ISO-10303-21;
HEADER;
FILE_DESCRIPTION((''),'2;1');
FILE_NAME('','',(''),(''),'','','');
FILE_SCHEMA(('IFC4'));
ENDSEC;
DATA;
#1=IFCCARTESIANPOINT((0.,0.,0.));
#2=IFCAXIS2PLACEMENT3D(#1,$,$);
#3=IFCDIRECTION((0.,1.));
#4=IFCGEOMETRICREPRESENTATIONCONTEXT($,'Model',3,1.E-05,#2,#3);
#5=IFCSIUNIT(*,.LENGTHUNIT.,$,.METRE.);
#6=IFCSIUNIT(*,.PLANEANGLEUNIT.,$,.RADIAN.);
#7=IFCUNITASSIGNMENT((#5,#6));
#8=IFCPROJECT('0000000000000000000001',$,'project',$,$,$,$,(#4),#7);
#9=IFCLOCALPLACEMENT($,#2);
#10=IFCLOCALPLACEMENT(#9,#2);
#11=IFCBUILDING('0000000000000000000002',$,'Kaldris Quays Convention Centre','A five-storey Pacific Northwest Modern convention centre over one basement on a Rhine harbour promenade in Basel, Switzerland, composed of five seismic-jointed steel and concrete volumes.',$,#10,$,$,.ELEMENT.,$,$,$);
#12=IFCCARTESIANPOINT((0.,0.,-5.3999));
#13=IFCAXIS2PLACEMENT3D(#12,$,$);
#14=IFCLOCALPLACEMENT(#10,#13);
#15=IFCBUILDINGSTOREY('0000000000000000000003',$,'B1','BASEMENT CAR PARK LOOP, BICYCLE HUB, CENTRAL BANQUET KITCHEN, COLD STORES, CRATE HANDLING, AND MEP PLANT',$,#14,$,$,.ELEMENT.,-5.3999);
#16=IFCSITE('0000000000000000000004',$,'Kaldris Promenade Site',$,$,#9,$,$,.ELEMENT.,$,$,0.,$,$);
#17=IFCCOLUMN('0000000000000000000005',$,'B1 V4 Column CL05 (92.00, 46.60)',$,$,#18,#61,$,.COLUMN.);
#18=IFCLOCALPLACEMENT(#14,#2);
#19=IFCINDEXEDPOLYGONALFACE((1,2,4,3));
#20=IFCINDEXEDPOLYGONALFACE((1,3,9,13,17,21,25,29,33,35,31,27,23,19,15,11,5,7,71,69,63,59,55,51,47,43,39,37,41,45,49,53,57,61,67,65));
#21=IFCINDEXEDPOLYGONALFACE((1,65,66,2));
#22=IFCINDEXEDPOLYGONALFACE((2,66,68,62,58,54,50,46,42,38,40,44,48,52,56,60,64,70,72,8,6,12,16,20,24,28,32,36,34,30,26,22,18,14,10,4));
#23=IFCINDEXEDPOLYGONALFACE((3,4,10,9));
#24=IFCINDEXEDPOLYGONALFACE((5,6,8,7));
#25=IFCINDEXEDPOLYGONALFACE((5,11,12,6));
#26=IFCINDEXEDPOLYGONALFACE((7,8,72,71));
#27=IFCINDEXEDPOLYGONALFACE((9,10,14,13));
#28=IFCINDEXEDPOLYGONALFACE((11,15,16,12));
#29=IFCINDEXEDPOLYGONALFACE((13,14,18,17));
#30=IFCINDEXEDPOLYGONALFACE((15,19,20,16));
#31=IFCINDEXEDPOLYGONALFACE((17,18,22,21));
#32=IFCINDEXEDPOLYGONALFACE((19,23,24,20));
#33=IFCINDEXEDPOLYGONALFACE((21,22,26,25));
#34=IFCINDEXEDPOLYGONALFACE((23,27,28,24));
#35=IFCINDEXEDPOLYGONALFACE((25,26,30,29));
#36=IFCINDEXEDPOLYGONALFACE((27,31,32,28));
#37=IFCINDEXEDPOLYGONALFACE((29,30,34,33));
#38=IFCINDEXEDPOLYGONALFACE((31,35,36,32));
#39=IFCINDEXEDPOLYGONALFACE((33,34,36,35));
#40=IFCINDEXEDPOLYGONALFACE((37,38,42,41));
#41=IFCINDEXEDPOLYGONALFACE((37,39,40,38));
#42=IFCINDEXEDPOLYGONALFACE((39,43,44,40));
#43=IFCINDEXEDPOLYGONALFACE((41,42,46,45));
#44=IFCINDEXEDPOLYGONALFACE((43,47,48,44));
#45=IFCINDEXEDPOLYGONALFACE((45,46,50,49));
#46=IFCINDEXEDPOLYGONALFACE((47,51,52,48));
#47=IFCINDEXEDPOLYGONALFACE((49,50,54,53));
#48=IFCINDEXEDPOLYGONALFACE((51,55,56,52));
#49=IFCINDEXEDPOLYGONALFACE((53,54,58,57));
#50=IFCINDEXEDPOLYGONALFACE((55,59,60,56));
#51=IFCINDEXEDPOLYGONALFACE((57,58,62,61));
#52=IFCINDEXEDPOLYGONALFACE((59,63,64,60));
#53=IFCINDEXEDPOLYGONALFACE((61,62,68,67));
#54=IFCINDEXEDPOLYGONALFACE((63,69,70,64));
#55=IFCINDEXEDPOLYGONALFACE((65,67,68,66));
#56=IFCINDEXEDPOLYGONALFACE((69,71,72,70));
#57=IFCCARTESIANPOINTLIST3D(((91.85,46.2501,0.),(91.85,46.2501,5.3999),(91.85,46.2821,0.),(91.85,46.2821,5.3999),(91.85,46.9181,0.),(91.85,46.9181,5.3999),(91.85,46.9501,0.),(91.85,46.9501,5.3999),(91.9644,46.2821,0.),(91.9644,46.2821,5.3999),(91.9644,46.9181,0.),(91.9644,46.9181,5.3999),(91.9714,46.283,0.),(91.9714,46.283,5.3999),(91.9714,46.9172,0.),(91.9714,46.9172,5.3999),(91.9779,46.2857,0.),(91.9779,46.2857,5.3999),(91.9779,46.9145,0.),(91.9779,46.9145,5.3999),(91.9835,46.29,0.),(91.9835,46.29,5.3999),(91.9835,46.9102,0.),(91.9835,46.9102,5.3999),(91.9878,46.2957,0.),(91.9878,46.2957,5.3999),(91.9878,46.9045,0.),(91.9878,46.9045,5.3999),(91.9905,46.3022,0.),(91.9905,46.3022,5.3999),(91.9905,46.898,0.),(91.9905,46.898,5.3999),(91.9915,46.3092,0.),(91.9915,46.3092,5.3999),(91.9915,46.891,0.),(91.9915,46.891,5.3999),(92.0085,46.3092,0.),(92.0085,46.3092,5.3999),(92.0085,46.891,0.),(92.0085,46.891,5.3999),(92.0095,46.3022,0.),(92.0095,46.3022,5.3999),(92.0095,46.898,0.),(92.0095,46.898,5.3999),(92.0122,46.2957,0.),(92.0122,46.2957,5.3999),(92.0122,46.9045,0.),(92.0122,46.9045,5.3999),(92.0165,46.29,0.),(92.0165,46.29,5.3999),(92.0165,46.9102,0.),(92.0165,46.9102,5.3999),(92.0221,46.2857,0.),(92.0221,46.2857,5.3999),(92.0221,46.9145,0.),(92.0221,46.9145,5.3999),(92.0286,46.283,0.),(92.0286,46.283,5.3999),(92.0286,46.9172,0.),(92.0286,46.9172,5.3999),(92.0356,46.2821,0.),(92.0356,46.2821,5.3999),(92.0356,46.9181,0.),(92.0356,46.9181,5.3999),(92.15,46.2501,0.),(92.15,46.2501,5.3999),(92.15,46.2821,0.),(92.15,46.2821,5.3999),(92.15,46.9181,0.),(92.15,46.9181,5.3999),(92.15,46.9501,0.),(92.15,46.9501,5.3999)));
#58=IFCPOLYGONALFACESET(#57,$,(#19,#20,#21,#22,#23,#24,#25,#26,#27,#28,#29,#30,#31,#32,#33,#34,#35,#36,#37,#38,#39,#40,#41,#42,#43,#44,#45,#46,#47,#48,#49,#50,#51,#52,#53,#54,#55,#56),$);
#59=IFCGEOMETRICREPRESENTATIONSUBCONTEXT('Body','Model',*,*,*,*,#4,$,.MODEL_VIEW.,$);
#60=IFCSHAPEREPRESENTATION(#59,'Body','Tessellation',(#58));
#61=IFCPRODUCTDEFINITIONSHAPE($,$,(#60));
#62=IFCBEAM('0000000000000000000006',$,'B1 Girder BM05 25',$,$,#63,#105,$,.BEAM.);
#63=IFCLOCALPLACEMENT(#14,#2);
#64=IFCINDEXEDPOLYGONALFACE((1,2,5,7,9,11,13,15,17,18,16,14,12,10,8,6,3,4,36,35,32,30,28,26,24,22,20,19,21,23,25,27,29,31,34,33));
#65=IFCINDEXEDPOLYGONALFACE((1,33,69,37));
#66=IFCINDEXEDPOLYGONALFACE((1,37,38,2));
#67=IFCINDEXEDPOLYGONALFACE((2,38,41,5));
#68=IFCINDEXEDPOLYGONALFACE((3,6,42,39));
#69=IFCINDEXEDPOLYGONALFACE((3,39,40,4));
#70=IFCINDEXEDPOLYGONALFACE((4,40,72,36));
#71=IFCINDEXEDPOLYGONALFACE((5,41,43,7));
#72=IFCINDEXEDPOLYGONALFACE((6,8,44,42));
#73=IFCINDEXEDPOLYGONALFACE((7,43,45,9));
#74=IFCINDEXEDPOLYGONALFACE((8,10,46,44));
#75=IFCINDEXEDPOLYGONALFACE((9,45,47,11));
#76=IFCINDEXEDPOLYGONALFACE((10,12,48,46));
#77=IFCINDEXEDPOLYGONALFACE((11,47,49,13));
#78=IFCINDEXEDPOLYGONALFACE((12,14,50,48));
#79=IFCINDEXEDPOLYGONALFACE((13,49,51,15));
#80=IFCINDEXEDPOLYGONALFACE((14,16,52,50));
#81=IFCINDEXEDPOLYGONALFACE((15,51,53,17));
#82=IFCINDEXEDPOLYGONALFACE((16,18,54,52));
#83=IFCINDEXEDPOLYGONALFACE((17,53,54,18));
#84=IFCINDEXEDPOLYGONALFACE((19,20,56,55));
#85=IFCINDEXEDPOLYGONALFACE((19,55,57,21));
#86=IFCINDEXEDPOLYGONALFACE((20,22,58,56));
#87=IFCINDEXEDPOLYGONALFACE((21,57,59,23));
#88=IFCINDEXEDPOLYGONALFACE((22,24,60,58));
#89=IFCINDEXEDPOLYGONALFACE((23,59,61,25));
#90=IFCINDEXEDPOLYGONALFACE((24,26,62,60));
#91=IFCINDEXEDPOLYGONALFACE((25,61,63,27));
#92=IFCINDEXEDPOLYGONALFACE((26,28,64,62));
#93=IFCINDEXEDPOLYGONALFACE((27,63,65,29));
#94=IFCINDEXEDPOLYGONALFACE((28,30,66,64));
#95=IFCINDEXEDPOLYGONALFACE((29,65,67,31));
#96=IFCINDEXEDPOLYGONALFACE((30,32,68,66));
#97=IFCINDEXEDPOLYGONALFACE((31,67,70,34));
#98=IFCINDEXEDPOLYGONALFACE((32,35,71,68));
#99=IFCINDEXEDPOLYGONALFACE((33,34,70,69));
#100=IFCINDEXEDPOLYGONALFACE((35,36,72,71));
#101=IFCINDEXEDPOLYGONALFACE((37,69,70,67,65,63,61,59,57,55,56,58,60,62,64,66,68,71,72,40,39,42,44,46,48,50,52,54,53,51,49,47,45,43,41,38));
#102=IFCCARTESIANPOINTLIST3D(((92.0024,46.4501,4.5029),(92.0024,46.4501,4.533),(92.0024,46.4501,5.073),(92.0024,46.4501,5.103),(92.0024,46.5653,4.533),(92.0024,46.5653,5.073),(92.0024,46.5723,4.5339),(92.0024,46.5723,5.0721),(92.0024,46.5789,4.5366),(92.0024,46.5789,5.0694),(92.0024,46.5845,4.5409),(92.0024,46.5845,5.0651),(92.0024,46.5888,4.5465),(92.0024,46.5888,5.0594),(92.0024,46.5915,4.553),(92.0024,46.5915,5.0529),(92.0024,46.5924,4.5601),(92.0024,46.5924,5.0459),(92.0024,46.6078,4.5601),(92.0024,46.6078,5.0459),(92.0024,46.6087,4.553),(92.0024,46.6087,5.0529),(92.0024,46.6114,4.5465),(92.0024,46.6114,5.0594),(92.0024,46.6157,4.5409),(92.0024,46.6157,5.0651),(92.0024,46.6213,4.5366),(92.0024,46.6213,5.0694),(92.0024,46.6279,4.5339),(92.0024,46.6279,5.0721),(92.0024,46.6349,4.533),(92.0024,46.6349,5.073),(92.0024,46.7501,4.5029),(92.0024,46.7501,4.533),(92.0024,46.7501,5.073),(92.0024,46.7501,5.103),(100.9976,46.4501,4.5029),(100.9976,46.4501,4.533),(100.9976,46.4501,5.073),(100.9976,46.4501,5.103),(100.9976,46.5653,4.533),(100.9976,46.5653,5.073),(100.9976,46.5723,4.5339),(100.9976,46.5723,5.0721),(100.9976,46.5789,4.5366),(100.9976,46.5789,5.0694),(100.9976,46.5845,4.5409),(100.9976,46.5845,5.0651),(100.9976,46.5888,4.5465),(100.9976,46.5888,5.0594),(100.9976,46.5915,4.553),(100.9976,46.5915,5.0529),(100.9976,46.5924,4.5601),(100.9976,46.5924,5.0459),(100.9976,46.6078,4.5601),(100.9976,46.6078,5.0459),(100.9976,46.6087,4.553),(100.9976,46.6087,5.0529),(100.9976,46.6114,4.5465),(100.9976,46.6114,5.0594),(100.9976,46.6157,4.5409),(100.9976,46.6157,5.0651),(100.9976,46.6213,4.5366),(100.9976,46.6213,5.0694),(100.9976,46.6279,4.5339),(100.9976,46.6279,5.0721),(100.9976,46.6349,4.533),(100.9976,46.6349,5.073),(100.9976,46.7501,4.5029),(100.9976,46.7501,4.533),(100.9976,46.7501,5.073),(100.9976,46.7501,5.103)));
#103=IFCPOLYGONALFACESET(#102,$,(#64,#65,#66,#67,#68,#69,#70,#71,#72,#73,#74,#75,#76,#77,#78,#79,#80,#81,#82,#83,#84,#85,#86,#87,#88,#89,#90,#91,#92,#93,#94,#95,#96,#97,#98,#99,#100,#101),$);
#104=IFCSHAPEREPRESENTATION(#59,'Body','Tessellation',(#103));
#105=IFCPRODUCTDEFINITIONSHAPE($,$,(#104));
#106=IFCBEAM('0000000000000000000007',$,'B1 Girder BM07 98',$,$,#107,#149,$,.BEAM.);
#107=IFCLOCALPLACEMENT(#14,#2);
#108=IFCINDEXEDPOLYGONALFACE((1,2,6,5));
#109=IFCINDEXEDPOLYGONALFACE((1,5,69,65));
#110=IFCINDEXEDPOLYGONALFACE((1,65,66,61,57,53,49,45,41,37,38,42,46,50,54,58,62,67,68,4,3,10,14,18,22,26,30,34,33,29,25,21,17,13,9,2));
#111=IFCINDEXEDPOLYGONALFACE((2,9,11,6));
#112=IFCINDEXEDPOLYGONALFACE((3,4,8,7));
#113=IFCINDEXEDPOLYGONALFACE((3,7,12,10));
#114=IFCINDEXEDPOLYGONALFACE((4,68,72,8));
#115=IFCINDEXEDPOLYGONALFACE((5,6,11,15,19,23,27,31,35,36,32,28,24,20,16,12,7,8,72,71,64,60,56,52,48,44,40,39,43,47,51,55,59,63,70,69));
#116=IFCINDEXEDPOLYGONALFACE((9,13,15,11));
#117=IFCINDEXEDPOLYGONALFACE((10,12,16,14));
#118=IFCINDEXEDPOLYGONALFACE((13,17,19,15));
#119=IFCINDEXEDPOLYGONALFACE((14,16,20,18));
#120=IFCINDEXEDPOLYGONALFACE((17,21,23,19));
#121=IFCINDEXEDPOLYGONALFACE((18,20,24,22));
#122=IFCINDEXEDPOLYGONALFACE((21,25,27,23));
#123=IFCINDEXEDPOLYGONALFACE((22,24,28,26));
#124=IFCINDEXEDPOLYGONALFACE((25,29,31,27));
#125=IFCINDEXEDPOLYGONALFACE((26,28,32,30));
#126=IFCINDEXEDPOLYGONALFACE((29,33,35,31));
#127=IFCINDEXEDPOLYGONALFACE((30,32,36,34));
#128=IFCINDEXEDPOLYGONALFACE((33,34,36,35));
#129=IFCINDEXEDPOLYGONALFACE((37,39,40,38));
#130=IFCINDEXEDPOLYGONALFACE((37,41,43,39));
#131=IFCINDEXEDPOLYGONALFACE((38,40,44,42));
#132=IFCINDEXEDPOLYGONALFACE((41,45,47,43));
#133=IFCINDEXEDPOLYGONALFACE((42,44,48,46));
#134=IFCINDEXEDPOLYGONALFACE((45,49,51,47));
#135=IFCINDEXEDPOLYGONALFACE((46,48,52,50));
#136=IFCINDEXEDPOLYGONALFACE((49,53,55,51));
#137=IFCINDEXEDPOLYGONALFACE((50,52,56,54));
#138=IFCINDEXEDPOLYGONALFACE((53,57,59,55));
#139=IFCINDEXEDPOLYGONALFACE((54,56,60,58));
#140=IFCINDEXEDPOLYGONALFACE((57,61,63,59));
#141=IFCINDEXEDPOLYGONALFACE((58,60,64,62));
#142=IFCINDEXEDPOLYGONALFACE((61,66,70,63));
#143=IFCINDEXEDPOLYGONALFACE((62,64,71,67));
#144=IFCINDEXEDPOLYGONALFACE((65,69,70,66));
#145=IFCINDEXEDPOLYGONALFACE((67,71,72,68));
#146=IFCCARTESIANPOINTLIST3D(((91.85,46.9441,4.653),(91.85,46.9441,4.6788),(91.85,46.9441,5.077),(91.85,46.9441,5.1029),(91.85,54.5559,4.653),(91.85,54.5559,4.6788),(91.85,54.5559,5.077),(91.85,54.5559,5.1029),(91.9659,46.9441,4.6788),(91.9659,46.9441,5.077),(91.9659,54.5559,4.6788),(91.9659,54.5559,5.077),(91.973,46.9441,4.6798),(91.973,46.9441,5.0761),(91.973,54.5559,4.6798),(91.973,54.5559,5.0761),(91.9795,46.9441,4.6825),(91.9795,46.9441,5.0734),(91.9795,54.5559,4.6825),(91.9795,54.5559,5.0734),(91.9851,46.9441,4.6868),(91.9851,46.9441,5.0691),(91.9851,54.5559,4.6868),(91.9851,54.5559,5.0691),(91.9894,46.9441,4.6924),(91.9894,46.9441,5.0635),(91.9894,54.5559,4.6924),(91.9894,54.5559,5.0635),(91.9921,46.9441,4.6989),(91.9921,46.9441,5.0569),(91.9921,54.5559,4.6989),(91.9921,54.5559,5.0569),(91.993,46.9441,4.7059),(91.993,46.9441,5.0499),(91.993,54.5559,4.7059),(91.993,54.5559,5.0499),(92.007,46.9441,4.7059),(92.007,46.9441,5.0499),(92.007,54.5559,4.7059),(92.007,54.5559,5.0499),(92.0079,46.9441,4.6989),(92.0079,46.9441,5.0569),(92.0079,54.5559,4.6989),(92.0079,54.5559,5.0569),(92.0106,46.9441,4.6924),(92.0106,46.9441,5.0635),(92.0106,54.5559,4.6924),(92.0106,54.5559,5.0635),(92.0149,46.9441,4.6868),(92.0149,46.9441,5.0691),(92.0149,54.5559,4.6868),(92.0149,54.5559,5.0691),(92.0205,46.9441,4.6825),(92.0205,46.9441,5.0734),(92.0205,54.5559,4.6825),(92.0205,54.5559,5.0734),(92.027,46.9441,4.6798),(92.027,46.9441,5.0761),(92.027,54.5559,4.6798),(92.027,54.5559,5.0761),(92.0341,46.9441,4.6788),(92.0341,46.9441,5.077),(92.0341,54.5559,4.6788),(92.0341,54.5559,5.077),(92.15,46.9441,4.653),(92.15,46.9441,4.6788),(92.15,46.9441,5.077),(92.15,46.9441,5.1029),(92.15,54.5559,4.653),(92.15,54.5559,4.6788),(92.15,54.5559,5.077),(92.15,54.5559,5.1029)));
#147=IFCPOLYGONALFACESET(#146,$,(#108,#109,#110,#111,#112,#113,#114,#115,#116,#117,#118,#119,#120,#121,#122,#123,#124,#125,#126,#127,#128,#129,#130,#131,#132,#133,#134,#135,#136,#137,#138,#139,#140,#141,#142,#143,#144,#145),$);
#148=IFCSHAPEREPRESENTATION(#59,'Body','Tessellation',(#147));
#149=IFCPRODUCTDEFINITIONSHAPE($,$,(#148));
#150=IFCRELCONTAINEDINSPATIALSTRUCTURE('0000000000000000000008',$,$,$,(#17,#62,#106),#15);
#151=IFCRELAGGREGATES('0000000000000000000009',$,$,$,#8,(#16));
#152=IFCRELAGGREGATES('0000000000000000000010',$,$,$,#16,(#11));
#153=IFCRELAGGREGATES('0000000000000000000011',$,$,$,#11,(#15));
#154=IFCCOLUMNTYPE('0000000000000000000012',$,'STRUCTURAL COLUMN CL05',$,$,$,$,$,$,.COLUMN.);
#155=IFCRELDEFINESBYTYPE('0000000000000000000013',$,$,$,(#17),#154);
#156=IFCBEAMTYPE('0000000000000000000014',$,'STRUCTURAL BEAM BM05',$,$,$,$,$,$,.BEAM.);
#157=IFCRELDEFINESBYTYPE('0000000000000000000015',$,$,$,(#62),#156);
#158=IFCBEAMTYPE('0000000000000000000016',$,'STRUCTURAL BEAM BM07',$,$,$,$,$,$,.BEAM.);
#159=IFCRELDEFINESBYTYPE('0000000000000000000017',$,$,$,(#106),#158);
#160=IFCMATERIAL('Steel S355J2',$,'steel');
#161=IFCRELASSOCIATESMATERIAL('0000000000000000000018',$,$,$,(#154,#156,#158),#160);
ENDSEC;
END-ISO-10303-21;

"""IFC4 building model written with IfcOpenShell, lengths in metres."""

from ifc_helpers import new_model, si_unit, direction, frame, origin, origin_2d, place, context, subcontext, project, spatial, i_section, extrude, material, material_profile, profile_set, type_object, element, save


model = new_model("IFC4")

# Units and contexts
model_context = context("Model", 3, precision=1e-05, world=origin(), true_north=direction((0.0, 1.0)))
body_context = subcontext(model_context, "Body", "Model", "MODEL_VIEW")
ifc_project = project(units=[si_unit("LENGTHUNIT", "METRE"), si_unit("PLANEANGLEUNIT", "RADIAN")], contexts=[model_context])

# Site, building, storey
site_placement = place(None, origin())
site = spatial("IfcSite", under=ifc_project, at=site_placement, Name="Kaldris Promenade Site", CompositionType="ELEMENT", RefElevation=0.0)
building_placement = place(site_placement, origin())
building = spatial("IfcBuilding", under=site, at=building_placement, Name="Kaldris Quays Convention Centre", Description="A five-storey Pacific Northwest Modern convention centre over one basement on a Rhine harbour promenade in Basel, Switzerland, composed of five seismic-jointed steel and concrete volumes.", CompositionType="ELEMENT")
storey_placement = place(building_placement, frame((0.0, 0.0, -5.3999)))
storey = spatial("IfcBuildingStorey", under=building, at=storey_placement, Name="B1", Description="BASEMENT CAR PARK LOOP, BICYCLE HUB, CENTRAL BANQUET KITCHEN, COLD STORES, CRATE HANDLING, AND MEP PLANT", CompositionType="ELEMENT", Elevation=-5.3999)

# Column
ifc_material_1 = material(Name="Steel S355J2", Category="steel")
ifc_material_profile_1 = material_profile(ifc_material_1, i_section(OverallWidth=0.3, OverallDepth=0.7, WebThickness=0.0171, FlangeThickness=0.032, FilletRadius=0.0271, at=origin_2d()), Name="HEB 700")
ifc_profile_set_1 = profile_set([ifc_material_profile_1], Name="Steel S355J2")
column_type = type_object("IfcColumnType", Name="STRUCTURAL COLUMN CL05", PredefinedType="COLUMN", material=ifc_profile_set_1)
column_placement = place(storey_placement, frame((92.0, 46.6001, 0.0), z_axis=(0.0, 0.0, 1.0), x_axis=(1.0, 0.0, 0.0)))
element("IfcColumn", 1, at=column_placement, inside=storey, type_object=column_type, Name="B1 V4 Column CL05 (92.00, 46.60)", PredefinedType="COLUMN", context=body_context, shape_type="SweptSolid", body=[
    extrude(i_section(OverallWidth=0.3, OverallDepth=0.7, WebThickness=0.0171, FlangeThickness=0.032, FilletRadius=0.0271, at=origin_2d()), origin(), (0.0, 0.0, 1.0), 5.3999),
])

# Beams
ifc_material_profile_2 = material_profile(ifc_material_1, i_section(OverallWidth=0.3, OverallDepth=0.6001, WebThickness=0.0154, FlangeThickness=0.03, FilletRadius=0.0271, at=origin_2d()), Name="HEB 600")
ifc_profile_set_2 = profile_set([ifc_material_profile_2], Name="Steel S355J2")
beam_type_1 = type_object("IfcBeamType", Name="STRUCTURAL BEAM BM05", PredefinedType="BEAM", material=ifc_profile_set_2)
beam_1_placement = place(storey_placement, frame((92.0024, 46.6001, 4.803), z_axis=(1.0, 0.0, 0.0), x_axis=(0.0, 1.0, 0.0)))
element("IfcBeam", 2, at=beam_1_placement, inside=storey, type_object=beam_type_1, Name="B1 Girder BM05 25", PredefinedType="BEAM", context=body_context, shape_type="SweptSolid", body=[
    extrude(i_section(OverallWidth=0.3, OverallDepth=0.6001, WebThickness=0.0154, FlangeThickness=0.03, FilletRadius=0.0271, at=origin_2d()), origin(), (0.0, 0.0, 1.0), 8.9951),
])
ifc_material_profile_3 = material_profile(ifc_material_1, i_section(OverallWidth=0.3, OverallDepth=0.45, WebThickness=0.0139, FlangeThickness=0.0259, FilletRadius=0.0271, at=origin_2d()), Name="HEB 450")
ifc_profile_set_3 = profile_set([ifc_material_profile_3], Name="Steel S355J2")
beam_type_2 = type_object("IfcBeamType", Name="STRUCTURAL BEAM BM07", PredefinedType="BEAM", material=ifc_profile_set_3)
beam_2_placement = place(storey_placement, frame((92.0, 46.9441, 4.8779), z_axis=(0.0, 1.0, 0.0), x_axis=(-1.0, 0.0, 0.0)))
element("IfcBeam", 3, at=beam_2_placement, inside=storey, type_object=beam_type_2, Name="B1 Girder BM07 98", PredefinedType="BEAM", context=body_context, shape_type="SweptSolid", body=[
    extrude(i_section(OverallWidth=0.3, OverallDepth=0.45, WebThickness=0.0139, FlangeThickness=0.0259, FilletRadius=0.0271, at=origin_2d()), origin(), (0.0, 0.0, 1.0), 7.6118),
])

save(model, "model.ifc")
